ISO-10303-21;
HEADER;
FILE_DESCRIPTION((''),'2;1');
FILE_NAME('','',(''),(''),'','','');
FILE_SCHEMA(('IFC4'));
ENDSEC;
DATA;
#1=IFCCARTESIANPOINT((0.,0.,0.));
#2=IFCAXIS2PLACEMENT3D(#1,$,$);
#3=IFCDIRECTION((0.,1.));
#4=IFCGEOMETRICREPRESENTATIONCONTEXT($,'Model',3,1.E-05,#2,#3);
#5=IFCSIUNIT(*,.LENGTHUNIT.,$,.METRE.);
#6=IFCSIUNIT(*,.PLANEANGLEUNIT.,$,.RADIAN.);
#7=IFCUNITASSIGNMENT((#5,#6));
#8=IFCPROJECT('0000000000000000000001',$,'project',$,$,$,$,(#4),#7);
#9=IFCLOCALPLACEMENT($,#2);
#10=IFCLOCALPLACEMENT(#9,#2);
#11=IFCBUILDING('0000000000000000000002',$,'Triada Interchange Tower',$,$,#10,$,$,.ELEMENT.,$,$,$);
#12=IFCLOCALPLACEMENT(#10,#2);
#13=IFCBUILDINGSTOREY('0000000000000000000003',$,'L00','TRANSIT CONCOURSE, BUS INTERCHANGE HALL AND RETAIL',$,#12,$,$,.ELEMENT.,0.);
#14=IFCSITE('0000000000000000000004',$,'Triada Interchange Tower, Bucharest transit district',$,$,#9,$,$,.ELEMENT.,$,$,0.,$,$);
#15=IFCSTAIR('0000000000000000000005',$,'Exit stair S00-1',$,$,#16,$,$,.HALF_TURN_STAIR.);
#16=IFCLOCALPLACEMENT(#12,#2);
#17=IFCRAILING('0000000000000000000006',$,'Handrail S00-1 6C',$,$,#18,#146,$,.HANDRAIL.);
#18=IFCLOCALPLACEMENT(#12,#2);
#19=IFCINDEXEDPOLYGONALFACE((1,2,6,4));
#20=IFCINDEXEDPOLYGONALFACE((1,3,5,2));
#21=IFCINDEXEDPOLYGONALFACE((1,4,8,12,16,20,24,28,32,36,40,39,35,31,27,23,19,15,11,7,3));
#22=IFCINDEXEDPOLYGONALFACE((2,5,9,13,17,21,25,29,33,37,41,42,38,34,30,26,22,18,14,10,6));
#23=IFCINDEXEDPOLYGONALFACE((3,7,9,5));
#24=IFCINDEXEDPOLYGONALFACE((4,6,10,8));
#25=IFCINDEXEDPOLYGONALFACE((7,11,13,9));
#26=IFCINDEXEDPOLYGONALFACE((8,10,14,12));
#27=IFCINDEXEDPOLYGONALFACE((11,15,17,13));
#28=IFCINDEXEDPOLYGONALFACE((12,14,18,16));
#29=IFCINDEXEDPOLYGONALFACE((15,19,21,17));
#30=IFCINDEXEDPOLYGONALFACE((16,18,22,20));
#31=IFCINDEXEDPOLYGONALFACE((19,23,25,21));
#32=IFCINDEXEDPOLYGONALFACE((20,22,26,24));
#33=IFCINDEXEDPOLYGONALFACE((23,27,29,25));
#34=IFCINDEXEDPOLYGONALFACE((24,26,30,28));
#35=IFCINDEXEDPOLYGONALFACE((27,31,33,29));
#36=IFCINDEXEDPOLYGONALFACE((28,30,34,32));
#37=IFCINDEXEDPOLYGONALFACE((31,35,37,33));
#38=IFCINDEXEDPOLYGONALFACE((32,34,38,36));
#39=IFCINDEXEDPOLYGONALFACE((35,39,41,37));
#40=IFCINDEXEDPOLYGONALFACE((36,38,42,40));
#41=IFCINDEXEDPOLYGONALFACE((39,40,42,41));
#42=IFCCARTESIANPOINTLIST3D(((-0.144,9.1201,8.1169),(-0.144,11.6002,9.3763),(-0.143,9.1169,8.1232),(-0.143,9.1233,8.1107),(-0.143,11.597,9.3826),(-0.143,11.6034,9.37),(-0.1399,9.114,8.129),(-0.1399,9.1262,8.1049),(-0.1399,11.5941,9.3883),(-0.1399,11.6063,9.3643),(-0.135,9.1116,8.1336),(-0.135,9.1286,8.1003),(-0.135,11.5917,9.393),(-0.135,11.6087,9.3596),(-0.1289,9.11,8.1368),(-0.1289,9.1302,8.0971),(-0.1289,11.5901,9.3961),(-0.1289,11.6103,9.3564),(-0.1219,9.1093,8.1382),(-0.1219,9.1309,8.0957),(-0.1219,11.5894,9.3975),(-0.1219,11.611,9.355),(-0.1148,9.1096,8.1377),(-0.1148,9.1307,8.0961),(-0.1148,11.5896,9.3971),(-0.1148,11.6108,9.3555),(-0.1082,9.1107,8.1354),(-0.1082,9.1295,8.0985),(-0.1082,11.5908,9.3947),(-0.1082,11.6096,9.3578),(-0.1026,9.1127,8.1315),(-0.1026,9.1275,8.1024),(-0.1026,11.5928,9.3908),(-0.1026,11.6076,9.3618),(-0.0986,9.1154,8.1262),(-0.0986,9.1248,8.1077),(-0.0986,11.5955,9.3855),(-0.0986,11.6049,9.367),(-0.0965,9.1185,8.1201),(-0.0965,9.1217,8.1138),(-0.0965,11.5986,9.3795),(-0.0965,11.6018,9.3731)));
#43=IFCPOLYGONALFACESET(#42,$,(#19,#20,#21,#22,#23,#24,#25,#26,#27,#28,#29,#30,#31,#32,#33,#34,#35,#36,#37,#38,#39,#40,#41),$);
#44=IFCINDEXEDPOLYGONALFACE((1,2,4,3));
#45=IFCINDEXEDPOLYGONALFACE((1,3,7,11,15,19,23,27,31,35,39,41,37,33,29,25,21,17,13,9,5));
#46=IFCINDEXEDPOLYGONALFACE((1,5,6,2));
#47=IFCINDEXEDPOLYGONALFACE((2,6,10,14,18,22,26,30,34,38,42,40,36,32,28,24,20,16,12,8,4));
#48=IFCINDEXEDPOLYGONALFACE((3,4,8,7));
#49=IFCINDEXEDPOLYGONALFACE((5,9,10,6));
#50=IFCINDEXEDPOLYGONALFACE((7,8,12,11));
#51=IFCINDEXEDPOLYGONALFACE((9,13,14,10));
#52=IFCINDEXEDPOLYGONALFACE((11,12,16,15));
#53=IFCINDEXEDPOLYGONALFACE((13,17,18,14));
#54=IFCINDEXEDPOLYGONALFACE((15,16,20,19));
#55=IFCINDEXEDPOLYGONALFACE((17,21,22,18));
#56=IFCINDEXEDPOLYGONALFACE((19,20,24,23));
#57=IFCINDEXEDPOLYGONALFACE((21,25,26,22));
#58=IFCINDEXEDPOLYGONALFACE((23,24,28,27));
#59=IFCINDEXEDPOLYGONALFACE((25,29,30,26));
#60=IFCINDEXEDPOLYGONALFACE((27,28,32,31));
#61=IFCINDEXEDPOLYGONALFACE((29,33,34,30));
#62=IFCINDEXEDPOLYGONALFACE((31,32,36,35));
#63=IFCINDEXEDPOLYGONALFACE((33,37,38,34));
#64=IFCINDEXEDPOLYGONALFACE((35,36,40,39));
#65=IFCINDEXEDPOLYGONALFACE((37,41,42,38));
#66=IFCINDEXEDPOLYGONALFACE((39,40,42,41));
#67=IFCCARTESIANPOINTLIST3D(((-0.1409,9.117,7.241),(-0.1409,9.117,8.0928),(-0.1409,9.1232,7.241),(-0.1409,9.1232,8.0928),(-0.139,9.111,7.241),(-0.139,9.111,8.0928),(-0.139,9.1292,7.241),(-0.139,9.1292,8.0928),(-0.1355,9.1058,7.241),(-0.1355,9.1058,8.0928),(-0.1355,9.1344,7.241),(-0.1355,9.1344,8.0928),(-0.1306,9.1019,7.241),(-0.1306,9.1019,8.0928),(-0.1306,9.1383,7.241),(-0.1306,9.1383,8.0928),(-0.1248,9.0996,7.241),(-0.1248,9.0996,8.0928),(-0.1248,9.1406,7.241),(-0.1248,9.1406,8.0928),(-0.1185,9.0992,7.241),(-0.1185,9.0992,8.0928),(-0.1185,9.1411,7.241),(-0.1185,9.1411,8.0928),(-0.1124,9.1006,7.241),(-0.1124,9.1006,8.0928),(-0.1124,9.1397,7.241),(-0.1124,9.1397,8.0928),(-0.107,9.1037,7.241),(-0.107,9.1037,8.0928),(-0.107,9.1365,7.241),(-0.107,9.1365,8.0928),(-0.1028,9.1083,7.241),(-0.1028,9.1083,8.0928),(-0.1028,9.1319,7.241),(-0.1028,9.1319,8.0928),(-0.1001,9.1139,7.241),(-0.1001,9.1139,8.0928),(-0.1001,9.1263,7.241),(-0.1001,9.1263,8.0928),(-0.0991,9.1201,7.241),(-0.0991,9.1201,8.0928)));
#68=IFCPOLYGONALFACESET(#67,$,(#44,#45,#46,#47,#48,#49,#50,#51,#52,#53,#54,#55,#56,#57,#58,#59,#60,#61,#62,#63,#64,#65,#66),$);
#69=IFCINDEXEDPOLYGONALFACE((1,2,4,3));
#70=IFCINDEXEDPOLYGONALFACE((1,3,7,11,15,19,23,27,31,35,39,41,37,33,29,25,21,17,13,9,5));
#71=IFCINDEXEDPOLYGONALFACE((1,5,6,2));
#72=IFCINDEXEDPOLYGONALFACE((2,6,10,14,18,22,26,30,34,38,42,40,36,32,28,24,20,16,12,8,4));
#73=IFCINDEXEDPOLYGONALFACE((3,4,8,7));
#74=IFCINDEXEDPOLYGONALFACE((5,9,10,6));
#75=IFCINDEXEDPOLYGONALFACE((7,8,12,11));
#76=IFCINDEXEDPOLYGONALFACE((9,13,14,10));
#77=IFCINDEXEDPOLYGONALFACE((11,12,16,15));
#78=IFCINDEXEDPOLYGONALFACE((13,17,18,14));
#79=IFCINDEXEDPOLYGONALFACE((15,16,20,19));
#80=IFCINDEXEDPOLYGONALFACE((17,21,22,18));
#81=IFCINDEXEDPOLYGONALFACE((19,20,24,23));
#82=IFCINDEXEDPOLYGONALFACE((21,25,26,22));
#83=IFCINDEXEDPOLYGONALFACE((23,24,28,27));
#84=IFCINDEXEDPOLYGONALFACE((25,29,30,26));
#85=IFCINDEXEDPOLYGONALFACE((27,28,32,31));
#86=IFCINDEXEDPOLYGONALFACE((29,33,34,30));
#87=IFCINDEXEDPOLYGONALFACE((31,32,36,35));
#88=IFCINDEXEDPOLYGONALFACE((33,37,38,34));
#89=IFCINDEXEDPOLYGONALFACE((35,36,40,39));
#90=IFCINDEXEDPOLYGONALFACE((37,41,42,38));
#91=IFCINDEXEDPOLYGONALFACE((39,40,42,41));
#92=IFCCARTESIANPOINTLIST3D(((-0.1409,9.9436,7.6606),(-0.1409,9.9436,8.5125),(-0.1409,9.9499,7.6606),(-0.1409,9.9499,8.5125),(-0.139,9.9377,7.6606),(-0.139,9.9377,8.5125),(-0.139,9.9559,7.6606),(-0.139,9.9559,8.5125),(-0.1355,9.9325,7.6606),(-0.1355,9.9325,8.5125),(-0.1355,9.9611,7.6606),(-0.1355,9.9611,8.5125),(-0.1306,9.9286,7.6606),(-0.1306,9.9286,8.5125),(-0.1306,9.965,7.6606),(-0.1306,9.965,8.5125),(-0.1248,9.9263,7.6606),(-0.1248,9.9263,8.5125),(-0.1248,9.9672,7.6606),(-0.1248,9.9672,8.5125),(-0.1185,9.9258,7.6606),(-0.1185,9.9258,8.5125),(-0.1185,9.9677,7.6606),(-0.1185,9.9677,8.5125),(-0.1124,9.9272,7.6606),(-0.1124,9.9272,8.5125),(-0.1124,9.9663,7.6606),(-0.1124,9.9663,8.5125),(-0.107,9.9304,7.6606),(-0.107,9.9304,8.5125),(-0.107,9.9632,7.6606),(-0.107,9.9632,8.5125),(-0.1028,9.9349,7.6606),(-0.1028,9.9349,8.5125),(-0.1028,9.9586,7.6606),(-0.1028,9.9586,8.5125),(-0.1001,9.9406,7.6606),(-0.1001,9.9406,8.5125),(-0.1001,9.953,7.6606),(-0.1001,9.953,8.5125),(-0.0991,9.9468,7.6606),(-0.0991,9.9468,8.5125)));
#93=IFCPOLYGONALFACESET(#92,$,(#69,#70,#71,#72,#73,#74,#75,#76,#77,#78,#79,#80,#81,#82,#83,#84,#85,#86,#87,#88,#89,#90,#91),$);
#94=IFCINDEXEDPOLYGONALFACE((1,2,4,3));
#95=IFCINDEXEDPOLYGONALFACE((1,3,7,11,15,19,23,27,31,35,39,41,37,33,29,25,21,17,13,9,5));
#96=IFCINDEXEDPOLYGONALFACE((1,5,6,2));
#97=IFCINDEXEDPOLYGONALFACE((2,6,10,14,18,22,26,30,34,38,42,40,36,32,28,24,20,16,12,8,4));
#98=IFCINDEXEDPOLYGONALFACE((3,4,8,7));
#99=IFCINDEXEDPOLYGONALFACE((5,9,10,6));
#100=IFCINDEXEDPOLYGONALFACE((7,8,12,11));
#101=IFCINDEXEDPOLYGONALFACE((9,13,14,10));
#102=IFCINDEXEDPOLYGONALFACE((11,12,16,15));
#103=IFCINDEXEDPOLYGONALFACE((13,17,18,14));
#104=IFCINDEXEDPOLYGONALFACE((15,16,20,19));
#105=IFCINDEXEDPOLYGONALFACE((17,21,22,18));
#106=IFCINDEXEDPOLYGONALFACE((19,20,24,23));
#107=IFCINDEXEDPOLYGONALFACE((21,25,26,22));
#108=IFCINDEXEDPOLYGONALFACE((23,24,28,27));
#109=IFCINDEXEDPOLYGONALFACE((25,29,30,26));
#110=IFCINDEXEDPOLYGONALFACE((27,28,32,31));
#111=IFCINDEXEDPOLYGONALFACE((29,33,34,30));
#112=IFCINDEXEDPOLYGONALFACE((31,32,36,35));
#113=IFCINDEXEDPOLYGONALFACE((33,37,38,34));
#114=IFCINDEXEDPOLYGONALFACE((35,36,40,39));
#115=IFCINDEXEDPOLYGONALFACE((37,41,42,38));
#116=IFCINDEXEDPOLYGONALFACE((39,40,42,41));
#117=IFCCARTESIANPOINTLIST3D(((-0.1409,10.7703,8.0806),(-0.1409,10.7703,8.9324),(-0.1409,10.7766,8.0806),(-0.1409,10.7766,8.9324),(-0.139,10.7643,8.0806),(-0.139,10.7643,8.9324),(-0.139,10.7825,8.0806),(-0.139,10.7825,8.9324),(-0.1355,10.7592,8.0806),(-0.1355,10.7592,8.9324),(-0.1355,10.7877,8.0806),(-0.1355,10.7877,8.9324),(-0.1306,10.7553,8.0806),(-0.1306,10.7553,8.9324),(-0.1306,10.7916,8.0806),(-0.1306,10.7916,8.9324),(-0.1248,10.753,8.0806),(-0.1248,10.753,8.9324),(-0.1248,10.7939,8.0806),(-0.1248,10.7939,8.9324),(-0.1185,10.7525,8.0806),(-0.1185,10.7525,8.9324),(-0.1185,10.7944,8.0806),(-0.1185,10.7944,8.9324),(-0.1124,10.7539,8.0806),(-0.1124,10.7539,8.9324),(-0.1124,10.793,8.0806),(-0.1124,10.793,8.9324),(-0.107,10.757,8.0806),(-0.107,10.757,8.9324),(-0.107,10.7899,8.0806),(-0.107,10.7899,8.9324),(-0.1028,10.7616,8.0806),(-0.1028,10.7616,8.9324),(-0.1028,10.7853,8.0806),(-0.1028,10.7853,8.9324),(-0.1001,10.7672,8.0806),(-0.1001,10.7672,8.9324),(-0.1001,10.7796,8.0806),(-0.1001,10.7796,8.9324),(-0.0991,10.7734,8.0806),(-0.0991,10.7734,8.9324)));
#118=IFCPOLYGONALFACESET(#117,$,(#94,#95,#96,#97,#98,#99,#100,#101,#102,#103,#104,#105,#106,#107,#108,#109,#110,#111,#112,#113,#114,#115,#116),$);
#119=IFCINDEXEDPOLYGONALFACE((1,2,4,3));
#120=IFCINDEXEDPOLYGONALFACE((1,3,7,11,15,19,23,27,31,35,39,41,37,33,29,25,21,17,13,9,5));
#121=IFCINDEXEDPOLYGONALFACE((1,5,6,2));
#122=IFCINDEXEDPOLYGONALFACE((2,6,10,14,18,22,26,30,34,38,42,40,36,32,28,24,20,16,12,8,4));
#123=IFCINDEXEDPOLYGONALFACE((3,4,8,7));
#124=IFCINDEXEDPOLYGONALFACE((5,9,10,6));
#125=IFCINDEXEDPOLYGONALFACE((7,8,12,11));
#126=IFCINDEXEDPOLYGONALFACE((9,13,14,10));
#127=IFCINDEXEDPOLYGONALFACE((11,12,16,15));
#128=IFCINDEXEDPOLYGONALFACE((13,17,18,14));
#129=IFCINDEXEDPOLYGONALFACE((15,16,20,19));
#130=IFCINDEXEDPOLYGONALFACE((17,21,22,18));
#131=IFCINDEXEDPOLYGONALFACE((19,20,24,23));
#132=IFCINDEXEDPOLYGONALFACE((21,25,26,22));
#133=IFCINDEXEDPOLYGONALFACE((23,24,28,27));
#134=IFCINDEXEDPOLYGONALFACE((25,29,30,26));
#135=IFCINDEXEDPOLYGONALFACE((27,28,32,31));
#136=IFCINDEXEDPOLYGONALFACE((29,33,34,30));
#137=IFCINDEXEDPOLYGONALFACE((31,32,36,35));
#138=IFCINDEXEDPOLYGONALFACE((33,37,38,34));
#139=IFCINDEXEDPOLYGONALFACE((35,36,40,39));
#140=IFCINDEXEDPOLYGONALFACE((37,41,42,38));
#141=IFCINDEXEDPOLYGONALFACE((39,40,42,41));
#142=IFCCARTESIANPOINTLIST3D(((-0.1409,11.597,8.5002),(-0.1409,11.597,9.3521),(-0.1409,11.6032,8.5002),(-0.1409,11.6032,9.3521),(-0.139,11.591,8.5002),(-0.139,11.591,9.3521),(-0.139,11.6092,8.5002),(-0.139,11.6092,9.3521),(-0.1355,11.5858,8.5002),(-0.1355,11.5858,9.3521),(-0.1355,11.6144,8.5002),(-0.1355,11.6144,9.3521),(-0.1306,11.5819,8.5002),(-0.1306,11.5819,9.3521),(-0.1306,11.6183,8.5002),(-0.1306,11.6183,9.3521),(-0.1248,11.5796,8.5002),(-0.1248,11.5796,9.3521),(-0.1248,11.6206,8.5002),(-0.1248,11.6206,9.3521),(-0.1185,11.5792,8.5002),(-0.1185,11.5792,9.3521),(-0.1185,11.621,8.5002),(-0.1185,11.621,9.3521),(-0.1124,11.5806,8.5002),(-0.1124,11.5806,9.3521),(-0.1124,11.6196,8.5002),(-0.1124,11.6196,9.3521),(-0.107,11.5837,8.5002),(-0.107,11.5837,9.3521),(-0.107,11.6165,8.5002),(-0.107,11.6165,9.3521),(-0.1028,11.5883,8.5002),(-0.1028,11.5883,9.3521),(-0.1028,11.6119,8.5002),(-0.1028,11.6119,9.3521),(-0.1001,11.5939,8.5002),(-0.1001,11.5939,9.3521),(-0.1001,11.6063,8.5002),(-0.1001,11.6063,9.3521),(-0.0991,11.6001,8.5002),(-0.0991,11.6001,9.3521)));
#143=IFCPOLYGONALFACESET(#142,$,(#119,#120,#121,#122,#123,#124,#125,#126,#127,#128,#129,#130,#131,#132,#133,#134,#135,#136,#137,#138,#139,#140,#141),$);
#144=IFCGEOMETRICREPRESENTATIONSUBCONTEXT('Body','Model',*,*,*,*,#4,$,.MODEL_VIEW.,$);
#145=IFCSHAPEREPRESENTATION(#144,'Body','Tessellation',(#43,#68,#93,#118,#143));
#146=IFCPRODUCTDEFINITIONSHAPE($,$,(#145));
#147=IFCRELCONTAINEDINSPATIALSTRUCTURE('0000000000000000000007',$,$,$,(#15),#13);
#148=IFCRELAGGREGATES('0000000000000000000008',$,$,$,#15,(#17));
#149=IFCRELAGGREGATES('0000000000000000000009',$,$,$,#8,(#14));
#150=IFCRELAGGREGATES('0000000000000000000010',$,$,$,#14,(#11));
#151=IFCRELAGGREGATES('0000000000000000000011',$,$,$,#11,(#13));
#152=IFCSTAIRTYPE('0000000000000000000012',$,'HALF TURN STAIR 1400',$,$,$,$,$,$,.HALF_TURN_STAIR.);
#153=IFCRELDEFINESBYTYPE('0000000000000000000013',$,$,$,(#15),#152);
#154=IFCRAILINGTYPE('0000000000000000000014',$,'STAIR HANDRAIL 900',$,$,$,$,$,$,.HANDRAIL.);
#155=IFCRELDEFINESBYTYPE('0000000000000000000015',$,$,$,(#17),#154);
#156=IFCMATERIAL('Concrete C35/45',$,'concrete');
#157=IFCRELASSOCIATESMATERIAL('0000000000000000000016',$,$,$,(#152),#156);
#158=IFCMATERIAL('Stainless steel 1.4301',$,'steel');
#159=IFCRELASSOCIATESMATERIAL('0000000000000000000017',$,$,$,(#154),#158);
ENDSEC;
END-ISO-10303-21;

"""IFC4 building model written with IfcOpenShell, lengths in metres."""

from ifc_helpers import new_model, si_unit, direction, frame, origin, origin_2d, place, context, subcontext, project, spatial, circle, extrude, material, type_object, element, aggregate, save


model = new_model("IFC4")

# Units and contexts
model_context = context("Model", 3, precision=1e-05, world=origin(), true_north=direction((0.0, 1.0)))
body_context = subcontext(model_context, "Body", "Model", "MODEL_VIEW")
ifc_project = project(units=[si_unit("LENGTHUNIT", "METRE"), si_unit("PLANEANGLEUNIT", "RADIAN")], contexts=[model_context])

# Site, building, storey
site_placement = place(None, origin())
site = spatial("IfcSite", under=ifc_project, at=site_placement, Name="Triada Interchange Tower, Bucharest transit district", CompositionType="ELEMENT", RefElevation=0.0)
building_placement = place(site_placement, origin())
building = spatial("IfcBuilding", under=site, at=building_placement, Name="Triada Interchange Tower", CompositionType="ELEMENT")
storey_placement = place(building_placement, origin())
storey = spatial("IfcBuildingStorey", under=building, at=storey_placement, Name="L00", Description="TRANSIT CONCOURSE, BUS INTERCHANGE HALL AND RETAIL", CompositionType="ELEMENT", Elevation=0.0)

# Stair
ifc_material_1 = material(Name="Concrete C35/45", Category="concrete")
stair_type = type_object("IfcStairType", Name="HALF TURN STAIR 1400", PredefinedType="HALF_TURN_STAIR", material=ifc_material_1)
stair_placement = place(storey_placement, origin())
stair = element("IfcStair", 1, at=stair_placement, inside=storey, type_object=stair_type, Name="Exit stair S00-1", PredefinedType="HALF_TURN_STAIR")

# Railing
ifc_material_2 = material(Name="Stainless steel 1.4301", Category="steel")
railing_type = type_object("IfcRailingType", Name="STAIR HANDRAIL 900", PredefinedType="HANDRAIL", material=ifc_material_2)
railing_1_placement = place(storey_placement, frame((-0.1201, 9.1201, 7.241)))
railing_1 = element("IfcRailing", 2, at=railing_1_placement, type_object=railing_type, Name="Handrail S00-1 6C", PredefinedType="HANDRAIL", context=body_context, shape_type="SweptSolid", body=[
    extrude(circle(Radius=0.0239, at=origin_2d()), frame((0.0, 0.0, 0.876), z_axis=(0.0, 0.891636, 0.452752), x_axis=(-1.0, 0.0, 0.0)), (0.0, 0.0, 1.0), 2.7815),
    extrude(circle(Radius=0.021, at=origin_2d()), origin(), (0.0, 0.0, 1.0), 0.8518),
    extrude(circle(Radius=0.021, at=origin_2d()), frame((0.0, 0.8267, 0.4197)), (0.0, 0.0, 1.0), 0.8518),
    extrude(circle(Radius=0.021, at=origin_2d()), frame((0.0, 1.6533, 0.8396)), (0.0, 0.0, 1.0), 0.8518),
    extrude(circle(Radius=0.021, at=origin_2d()), frame((0.0, 2.48, 1.2593)), (0.0, 0.0, 1.0), 0.8518),
])
aggregate(stair, [railing_1])

save(model, "model.ifc")
